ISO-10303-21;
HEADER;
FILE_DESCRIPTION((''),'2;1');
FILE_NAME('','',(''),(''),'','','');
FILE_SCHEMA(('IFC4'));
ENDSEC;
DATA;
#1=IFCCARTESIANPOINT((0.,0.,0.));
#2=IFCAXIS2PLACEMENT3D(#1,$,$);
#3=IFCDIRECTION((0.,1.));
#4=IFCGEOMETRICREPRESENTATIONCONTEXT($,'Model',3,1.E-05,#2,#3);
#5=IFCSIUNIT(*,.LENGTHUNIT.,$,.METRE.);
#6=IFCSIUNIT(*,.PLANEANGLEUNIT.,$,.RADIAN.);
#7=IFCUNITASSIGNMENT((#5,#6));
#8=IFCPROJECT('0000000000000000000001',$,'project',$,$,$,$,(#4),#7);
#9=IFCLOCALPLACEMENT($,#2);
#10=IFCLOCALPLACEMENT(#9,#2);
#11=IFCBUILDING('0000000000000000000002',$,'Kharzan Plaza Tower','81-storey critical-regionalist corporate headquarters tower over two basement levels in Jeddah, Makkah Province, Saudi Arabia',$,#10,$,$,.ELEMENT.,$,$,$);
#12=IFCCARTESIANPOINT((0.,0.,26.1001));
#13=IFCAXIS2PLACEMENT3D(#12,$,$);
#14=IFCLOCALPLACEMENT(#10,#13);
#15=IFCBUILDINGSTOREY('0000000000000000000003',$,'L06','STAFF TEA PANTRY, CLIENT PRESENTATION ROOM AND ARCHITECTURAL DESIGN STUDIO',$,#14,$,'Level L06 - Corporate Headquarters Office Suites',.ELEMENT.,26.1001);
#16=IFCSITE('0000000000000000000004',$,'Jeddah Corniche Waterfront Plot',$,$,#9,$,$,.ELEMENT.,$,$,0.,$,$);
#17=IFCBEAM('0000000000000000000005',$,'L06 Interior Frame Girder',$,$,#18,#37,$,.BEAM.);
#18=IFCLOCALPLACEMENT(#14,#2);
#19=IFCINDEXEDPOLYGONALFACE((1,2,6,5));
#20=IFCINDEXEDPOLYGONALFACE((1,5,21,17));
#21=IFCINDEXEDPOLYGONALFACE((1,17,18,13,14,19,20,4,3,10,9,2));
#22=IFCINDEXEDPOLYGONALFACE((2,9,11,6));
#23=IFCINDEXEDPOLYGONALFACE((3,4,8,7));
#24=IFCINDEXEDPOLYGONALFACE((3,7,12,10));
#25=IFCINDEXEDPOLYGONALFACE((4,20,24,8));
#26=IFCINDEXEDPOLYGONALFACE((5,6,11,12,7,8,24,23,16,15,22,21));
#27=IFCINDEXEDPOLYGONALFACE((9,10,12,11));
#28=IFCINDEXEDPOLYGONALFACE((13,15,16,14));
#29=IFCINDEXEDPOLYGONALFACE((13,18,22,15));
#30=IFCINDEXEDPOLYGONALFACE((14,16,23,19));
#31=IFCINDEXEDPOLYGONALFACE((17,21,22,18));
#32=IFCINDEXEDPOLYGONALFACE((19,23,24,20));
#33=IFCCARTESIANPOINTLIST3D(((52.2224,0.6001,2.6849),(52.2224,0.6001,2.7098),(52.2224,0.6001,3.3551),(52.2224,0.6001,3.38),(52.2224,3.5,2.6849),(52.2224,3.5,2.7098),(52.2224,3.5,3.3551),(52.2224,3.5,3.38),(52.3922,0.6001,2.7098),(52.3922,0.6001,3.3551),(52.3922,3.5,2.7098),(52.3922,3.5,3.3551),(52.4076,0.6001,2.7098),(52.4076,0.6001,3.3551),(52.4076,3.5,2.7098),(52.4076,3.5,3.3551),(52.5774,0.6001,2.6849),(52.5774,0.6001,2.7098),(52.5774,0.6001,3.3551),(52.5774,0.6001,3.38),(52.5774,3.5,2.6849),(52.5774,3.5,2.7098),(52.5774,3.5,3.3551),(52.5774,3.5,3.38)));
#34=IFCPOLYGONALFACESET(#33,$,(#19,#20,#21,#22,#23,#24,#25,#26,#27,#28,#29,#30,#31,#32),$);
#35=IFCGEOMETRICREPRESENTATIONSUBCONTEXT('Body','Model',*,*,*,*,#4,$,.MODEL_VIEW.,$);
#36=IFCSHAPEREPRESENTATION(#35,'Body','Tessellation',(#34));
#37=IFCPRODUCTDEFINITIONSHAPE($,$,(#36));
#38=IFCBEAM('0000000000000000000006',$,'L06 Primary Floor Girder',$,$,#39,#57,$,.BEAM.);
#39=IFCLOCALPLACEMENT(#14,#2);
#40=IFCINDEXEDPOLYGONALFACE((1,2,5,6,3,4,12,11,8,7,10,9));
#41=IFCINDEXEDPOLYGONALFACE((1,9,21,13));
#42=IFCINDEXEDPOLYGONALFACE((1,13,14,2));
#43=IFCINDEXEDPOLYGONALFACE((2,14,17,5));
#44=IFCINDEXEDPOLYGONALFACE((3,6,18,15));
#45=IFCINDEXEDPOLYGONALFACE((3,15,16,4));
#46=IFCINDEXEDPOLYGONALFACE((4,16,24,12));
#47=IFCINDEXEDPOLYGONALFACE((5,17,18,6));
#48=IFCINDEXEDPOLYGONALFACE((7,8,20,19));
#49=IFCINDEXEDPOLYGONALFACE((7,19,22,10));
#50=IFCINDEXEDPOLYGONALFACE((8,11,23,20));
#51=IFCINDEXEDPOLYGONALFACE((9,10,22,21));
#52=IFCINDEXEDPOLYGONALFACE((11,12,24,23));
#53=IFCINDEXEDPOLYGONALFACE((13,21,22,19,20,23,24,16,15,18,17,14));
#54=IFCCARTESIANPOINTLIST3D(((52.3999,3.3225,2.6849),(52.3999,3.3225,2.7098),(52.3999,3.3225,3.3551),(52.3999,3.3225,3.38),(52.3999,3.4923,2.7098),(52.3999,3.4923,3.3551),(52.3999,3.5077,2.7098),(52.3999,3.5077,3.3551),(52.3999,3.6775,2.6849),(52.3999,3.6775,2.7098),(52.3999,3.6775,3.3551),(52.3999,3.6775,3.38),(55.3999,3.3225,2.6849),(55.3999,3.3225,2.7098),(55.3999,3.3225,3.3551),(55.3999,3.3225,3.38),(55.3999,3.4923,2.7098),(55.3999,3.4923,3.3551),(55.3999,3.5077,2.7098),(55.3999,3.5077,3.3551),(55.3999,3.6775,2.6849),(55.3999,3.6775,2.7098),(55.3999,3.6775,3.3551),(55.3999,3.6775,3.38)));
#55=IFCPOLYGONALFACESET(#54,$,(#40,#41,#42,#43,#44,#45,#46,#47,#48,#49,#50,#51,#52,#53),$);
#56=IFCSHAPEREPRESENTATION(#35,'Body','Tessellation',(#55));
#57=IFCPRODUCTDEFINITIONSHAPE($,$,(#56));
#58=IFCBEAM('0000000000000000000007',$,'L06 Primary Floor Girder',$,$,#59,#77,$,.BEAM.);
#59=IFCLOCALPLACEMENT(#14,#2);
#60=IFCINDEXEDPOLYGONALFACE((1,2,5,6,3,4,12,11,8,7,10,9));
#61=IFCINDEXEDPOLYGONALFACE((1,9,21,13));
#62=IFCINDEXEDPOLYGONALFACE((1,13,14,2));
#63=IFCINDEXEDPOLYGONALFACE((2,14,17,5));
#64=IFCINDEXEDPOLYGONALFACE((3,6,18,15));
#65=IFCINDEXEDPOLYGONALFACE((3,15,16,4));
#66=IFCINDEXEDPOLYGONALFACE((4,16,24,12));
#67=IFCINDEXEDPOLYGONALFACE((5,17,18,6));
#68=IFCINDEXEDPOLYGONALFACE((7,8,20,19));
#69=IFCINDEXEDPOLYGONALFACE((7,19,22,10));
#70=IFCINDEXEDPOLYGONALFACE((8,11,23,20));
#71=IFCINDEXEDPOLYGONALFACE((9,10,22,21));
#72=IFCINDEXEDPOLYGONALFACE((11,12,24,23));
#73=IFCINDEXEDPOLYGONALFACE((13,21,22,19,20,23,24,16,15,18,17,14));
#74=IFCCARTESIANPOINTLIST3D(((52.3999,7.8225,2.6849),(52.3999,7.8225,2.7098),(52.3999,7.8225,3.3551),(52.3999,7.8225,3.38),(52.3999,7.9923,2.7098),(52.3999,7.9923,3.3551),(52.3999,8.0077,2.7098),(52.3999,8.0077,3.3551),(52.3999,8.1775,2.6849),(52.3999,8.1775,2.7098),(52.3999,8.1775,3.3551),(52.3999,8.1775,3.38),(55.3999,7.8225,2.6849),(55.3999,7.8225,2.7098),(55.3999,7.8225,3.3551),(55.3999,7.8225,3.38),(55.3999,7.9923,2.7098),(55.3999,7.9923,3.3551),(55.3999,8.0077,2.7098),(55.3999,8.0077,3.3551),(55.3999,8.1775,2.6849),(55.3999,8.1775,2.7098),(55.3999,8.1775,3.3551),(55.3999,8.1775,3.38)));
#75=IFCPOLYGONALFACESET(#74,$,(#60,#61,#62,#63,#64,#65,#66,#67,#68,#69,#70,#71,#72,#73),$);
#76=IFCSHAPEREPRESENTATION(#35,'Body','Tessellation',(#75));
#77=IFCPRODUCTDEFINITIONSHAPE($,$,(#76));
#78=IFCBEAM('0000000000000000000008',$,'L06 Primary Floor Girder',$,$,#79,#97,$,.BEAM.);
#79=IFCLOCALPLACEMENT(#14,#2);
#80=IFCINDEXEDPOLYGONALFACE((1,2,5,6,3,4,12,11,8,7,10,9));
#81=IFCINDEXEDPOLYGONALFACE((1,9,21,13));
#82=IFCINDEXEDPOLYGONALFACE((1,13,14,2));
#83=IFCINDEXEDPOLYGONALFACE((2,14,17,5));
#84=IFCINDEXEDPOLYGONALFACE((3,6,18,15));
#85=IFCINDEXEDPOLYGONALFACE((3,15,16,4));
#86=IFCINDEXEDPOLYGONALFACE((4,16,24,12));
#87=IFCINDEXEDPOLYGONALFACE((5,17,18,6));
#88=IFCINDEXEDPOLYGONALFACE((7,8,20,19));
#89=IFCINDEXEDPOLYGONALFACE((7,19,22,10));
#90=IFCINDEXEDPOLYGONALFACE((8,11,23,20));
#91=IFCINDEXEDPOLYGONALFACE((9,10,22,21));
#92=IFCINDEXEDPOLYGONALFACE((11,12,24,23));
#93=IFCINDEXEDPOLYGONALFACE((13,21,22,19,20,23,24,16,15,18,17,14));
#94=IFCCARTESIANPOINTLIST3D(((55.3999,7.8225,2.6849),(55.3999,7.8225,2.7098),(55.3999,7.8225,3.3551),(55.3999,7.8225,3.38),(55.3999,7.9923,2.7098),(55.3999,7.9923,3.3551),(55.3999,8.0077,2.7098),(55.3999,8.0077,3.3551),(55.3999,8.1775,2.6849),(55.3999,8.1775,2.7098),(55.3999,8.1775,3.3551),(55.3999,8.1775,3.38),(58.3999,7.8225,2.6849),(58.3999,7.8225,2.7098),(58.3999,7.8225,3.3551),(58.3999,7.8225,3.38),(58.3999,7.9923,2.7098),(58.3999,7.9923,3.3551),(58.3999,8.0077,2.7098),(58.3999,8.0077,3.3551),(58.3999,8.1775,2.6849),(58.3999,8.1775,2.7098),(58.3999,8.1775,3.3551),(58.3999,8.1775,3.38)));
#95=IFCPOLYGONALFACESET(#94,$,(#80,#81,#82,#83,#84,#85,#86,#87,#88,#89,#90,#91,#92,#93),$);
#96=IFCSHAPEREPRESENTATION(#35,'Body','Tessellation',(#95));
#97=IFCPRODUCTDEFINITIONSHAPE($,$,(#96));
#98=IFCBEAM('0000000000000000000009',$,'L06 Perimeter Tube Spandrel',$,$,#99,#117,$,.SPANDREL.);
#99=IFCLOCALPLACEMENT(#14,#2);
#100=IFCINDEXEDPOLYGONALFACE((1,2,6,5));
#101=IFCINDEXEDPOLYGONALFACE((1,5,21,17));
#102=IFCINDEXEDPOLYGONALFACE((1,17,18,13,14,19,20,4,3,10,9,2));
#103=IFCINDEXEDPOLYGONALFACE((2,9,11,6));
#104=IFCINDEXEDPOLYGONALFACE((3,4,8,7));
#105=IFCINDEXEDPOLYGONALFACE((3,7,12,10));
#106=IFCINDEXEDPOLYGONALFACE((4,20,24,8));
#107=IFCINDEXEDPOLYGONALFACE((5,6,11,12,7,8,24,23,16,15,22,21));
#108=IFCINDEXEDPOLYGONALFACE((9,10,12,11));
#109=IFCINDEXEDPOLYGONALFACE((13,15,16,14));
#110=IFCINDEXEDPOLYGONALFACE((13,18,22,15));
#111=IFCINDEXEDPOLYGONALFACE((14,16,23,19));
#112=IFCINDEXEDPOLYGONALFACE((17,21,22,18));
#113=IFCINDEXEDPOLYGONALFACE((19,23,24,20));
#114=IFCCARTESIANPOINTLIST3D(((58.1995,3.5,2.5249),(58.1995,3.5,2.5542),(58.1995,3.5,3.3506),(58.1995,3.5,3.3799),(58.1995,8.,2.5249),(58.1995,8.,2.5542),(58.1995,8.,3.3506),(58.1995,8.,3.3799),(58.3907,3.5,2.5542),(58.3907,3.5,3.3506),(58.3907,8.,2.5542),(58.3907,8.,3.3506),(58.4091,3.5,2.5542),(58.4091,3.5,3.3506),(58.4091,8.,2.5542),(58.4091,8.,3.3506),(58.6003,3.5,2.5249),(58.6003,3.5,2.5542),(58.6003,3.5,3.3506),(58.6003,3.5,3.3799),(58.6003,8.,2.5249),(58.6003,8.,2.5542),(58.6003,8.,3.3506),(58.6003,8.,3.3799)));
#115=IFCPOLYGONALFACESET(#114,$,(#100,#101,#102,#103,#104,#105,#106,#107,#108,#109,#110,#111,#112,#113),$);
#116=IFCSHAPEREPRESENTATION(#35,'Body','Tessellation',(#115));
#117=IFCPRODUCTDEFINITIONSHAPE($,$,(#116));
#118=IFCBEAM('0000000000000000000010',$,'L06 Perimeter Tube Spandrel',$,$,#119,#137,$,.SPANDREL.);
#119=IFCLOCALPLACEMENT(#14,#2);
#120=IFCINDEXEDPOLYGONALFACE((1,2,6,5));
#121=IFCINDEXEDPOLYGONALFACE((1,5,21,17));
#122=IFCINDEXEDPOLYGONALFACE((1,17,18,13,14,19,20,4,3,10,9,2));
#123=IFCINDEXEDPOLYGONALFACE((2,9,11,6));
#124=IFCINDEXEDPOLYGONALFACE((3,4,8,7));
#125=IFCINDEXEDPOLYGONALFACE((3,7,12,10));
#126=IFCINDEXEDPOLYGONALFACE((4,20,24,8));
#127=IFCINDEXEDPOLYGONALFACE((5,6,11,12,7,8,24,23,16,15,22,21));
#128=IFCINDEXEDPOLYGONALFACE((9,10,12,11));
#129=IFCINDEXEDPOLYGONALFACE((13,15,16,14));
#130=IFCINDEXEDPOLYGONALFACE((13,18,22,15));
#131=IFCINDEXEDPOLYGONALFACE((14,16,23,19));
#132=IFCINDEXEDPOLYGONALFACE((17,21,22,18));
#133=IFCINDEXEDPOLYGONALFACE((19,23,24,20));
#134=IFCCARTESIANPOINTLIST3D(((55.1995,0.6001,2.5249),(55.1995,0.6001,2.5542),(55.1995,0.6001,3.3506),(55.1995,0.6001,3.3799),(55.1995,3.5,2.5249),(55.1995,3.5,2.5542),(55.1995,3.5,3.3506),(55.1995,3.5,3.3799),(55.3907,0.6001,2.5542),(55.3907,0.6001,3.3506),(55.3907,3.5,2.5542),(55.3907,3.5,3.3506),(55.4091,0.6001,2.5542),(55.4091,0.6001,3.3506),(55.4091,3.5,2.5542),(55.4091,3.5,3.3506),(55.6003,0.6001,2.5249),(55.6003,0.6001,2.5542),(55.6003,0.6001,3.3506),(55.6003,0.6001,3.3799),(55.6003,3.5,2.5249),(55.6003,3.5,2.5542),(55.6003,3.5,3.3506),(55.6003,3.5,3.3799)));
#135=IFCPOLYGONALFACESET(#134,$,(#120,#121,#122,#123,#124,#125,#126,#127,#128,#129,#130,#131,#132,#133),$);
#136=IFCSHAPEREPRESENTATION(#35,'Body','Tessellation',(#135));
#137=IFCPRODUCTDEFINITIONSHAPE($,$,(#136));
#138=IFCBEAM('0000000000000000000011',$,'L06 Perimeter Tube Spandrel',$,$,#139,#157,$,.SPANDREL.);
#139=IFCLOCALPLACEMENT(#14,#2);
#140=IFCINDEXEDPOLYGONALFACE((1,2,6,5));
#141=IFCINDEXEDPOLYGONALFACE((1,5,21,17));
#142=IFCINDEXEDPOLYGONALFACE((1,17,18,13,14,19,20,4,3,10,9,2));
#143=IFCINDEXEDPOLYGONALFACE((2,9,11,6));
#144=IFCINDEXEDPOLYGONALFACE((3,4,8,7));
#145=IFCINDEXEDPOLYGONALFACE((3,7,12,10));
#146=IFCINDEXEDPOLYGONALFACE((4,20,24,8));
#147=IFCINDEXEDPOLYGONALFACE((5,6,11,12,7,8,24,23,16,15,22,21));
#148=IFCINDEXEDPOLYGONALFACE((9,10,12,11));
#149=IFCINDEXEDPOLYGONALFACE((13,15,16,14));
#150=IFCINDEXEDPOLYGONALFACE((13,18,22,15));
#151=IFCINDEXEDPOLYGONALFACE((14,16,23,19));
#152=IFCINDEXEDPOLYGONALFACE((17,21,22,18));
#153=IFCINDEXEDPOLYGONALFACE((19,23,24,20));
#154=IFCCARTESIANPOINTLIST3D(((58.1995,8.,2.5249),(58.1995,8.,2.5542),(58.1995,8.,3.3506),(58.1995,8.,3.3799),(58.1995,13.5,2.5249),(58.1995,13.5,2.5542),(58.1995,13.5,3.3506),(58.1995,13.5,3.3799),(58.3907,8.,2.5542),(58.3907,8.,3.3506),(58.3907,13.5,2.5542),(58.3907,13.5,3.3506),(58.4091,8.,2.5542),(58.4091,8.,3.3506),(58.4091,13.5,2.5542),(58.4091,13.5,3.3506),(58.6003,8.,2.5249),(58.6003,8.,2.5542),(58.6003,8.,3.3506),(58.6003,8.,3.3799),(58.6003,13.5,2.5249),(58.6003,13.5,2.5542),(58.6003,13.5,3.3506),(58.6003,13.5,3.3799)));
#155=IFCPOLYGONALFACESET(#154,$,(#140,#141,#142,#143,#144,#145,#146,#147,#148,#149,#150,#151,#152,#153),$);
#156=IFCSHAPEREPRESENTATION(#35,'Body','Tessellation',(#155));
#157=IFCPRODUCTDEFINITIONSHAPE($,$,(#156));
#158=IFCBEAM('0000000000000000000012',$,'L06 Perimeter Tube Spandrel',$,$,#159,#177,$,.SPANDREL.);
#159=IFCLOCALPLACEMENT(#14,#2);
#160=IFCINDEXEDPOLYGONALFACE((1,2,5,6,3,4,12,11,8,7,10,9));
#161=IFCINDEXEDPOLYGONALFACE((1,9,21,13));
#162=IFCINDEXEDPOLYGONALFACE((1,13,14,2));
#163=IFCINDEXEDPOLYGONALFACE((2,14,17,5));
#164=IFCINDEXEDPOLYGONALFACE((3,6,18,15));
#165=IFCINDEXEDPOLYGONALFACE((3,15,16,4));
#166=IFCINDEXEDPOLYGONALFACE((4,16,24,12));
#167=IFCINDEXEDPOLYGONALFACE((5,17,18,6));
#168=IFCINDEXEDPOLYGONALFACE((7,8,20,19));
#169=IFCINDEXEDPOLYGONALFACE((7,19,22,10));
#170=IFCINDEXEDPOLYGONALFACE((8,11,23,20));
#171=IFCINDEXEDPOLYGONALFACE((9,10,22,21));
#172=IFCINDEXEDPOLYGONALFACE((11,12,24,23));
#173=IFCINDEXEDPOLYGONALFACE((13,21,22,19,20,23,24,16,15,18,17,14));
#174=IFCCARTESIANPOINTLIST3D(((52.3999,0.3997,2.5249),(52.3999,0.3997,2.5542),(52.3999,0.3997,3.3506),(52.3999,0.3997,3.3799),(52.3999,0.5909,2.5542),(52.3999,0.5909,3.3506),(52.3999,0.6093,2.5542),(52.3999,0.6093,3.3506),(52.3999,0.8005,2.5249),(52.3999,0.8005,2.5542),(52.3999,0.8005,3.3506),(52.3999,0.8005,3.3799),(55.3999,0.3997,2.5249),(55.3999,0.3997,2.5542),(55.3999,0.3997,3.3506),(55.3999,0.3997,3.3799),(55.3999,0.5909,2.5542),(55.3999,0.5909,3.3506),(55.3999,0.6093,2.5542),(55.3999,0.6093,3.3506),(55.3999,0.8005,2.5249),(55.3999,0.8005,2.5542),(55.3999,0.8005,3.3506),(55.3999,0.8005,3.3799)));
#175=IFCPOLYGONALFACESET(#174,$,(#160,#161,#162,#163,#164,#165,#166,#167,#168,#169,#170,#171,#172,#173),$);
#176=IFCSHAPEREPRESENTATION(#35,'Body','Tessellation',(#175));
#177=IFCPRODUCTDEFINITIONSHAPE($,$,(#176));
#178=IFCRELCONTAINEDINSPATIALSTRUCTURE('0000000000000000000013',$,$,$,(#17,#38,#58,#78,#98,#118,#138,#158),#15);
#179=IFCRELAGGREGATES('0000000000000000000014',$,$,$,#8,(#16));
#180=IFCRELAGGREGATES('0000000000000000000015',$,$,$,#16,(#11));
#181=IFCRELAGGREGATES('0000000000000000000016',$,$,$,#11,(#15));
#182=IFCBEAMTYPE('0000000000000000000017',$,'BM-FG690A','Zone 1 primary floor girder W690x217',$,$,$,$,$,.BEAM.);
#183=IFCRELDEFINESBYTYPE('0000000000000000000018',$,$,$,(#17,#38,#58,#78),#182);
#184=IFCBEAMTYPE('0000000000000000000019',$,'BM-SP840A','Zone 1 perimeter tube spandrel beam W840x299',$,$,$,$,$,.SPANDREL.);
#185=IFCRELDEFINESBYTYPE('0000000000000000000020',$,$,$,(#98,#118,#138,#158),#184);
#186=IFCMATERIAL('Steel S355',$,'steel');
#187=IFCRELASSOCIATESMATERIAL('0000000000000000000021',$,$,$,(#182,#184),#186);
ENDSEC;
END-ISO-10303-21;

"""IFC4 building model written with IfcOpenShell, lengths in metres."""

from ifc_helpers import new_model, si_unit, direction, frame, origin, origin_2d, place, context, subcontext, project, spatial, i_section, extrude, source, transform, mapped, material, material_profile, profile_set, type_object, element, save


model = new_model("IFC4")

# Units and contexts
model_context = context("Model", 3, precision=1e-05, world=origin(), true_north=direction((0.0, 1.0)))
body_context = subcontext(model_context, "Body", "Model", "MODEL_VIEW")
ifc_project = project(units=[si_unit("LENGTHUNIT", "METRE"), si_unit("PLANEANGLEUNIT", "RADIAN")], contexts=[model_context])

# Site, building, storey
site_placement = place(None, origin())
site = spatial("IfcSite", under=ifc_project, at=site_placement, Name="Jeddah Corniche Waterfront Plot", CompositionType="ELEMENT", RefElevation=0.0)
building_placement = place(site_placement, origin())
building = spatial("IfcBuilding", under=site, at=building_placement, Name="Kharzan Plaza Tower", Description="81-storey critical-regionalist corporate headquarters tower over two basement levels in Jeddah, Makkah Province, Saudi Arabia", CompositionType="ELEMENT")
storey_placement = place(building_placement, frame((0.0, 0.0, 26.1001)))
storey = spatial("IfcBuildingStorey", under=building, at=storey_placement, Name="L06", Description="STAFF TEA PANTRY, CLIENT PRESENTATION ROOM AND ARCHITECTURAL DESIGN STUDIO", LongName="Level L06 - Corporate Headquarters Office Suites", CompositionType="ELEMENT", Elevation=26.1001)

# Beams
ifc_material_1 = material(Name="Steel S355", Category="steel")
ifc_material_profile_1 = material_profile(ifc_material_1, i_section(OverallWidth=0.355, OverallDepth=0.6951, WebThickness=0.0154, FlangeThickness=0.0249, at=origin_2d()), Name="W690x217")
ifc_profile_set_1 = profile_set([ifc_material_profile_1], Name="Steel S355")
beam_type_1 = type_object("IfcBeamType", Name="BM-FG690A", Description="Zone 1 primary floor girder W690x217", PredefinedType="BEAM", material=ifc_profile_set_1)
shared_shape_1 = source(origin(), body_context, "Body", "SweptSolid", [
    extrude(i_section(OverallWidth=0.355, OverallDepth=0.6951, WebThickness=0.0154, FlangeThickness=0.0249, at=origin_2d()), origin(), (0.0, 0.0, 1.0), 2.8999),
])
beam_1_placement = place(storey_placement, frame((52.3999, 0.6001, 3.0325), z_axis=(0.0, 1.0, 0.0), x_axis=(-1.0, 0.0, 0.0)))
element("IfcBeam", 1, at=beam_1_placement, inside=storey, type_object=beam_type_1, Name="L06 Interior Frame Girder", PredefinedType="BEAM", context=body_context, shape_type="MappedRepresentation", body=[
    mapped(shared_shape_1, transform((0.0, 0.0, 0.0), x_axis=(1.0, 0.0, 0.0), y_axis=(0.0, 1.0, 0.0), z_axis=(0.0, 0.0, 1.0))),
])
shared_shape_2 = source(origin(), body_context, "Body", "SweptSolid", [
    extrude(i_section(OverallWidth=0.355, OverallDepth=0.6951, WebThickness=0.0154, FlangeThickness=0.0249, at=origin_2d()), origin(), (0.0, 0.0, 1.0), 3.0),
])
for number, where, z_axis, x_axis, name in (
    (2, (52.3999, 3.5, 3.0325), (1.0, 0.0, 0.0), (0.0, 1.0, 0.0), "L06 Primary Floor Girder"),
    (3, (52.3999, 8.0, 3.0325), (1.0, 0.0, 0.0), (0.0, 1.0, 0.0), "L06 Primary Floor Girder"),
    (4, (55.3999, 8.0, 3.0325), (1.0, 0.0, 0.0), (0.0, 1.0, 0.0), "L06 Primary Floor Girder"),
):
    element("IfcBeam", number, at=place(storey_placement, frame(where, z_axis=z_axis, x_axis=x_axis)), inside=storey, type_object=beam_type_1, Name=name, PredefinedType="BEAM", context=body_context, shape_type="MappedRepresentation", body=[
        mapped(shared_shape_2, transform((0.0, 0.0, 0.0), x_axis=(1.0, 0.0, 0.0), y_axis=(0.0, 1.0, 0.0), z_axis=(0.0, 0.0, 1.0))),
    ])
ifc_material_profile_2 = material_profile(ifc_material_1, i_section(OverallWidth=0.4009, OverallDepth=0.855, WebThickness=0.0183, FlangeThickness=0.0293, at=origin_2d()), Name="W840x299")
ifc_profile_set_2 = profile_set([ifc_material_profile_2], Name="Steel S355")
beam_type_2 = type_object("IfcBeamType", Name="BM-SP840A", Description="Zone 1 perimeter tube spandrel beam W840x299", PredefinedType="SPANDREL", material=ifc_profile_set_2)
shared_shape_3 = source(origin(), body_context, "Body", "SweptSolid", [
    extrude(i_section(OverallWidth=0.4009, OverallDepth=0.855, WebThickness=0.0183, FlangeThickness=0.0293, at=origin_2d()), origin(), (0.0, 0.0, 1.0), 4.5),
])
beam_2_placement = place(storey_placement, frame((58.3999, 3.5, 2.9524), z_axis=(0.0, 1.0, 0.0), x_axis=(-1.0, 0.0, 0.0)))
element("IfcBeam", 5, at=beam_2_placement, inside=storey, type_object=beam_type_2, Name="L06 Perimeter Tube Spandrel", PredefinedType="SPANDREL", context=body_context, shape_type="MappedRepresentation", body=[
    mapped(shared_shape_3, transform((0.0, 0.0, 0.0), x_axis=(1.0, 0.0, 0.0), y_axis=(0.0, 1.0, 0.0), z_axis=(0.0, 0.0, 1.0))),
])
shared_shape_4 = source(origin(), body_context, "Body", "SweptSolid", [
    extrude(i_section(OverallWidth=0.4009, OverallDepth=0.855, WebThickness=0.0183, FlangeThickness=0.0293, at=origin_2d()), origin(), (0.0, 0.0, 1.0), 2.8999),
])
beam_3_placement = place(storey_placement, frame((55.3999, 0.6001, 2.9524), z_axis=(0.0, 1.0, 0.0), x_axis=(-1.0, 0.0, 0.0)))
element("IfcBeam", 6, at=beam_3_placement, inside=storey, type_object=beam_type_2, Name="L06 Perimeter Tube Spandrel", PredefinedType="SPANDREL", context=body_context, shape_type="MappedRepresentation", body=[
    mapped(shared_shape_4, transform((0.0, 0.0, 0.0), x_axis=(1.0, 0.0, 0.0), y_axis=(0.0, 1.0, 0.0), z_axis=(0.0, 0.0, 1.0))),
])
shared_shape_5 = source(origin(), body_context, "Body", "SweptSolid", [
    extrude(i_section(OverallWidth=0.4009, OverallDepth=0.855, WebThickness=0.0183, FlangeThickness=0.0293, at=origin_2d()), origin(), (0.0, 0.0, 1.0), 5.5),
])
beam_4_placement = place(storey_placement, frame((58.3999, 8.0, 2.9524), z_axis=(0.0, 1.0, 0.0), x_axis=(-1.0, 0.0, 0.0)))
element("IfcBeam", 7, at=beam_4_placement, inside=storey, type_object=beam_type_2, Name="L06 Perimeter Tube Spandrel", PredefinedType="SPANDREL", context=body_context, shape_type="MappedRepresentation", body=[
    mapped(shared_shape_5, transform((0.0, 0.0, 0.0), x_axis=(1.0, 0.0, 0.0), y_axis=(0.0, 1.0, 0.0), z_axis=(0.0, 0.0, 1.0))),
])
shared_shape_6 = source(origin(), body_context, "Body", "SweptSolid", [
    extrude(i_section(OverallWidth=0.4009, OverallDepth=0.855, WebThickness=0.0183, FlangeThickness=0.0293, at=origin_2d()), origin(), (0.0, 0.0, 1.0), 3.0),
])
for number, where, z_axis, x_axis, name in (
    (8, (52.3999, 0.6001, 2.9524), (1.0, 0.0, 0.0), (0.0, 1.0, 0.0), "L06 Perimeter Tube Spandrel"),
):
    element("IfcBeam", number, at=place(storey_placement, frame(where, z_axis=z_axis, x_axis=x_axis)), inside=storey, type_object=beam_type_2, Name=name, PredefinedType="SPANDREL", context=body_context, shape_type="MappedRepresentation", body=[
        mapped(shared_shape_6, transform((0.0, 0.0, 0.0), x_axis=(1.0, 0.0, 0.0), y_axis=(0.0, 1.0, 0.0), z_axis=(0.0, 0.0, 1.0))),
    ])

save(model, "model.ifc")
